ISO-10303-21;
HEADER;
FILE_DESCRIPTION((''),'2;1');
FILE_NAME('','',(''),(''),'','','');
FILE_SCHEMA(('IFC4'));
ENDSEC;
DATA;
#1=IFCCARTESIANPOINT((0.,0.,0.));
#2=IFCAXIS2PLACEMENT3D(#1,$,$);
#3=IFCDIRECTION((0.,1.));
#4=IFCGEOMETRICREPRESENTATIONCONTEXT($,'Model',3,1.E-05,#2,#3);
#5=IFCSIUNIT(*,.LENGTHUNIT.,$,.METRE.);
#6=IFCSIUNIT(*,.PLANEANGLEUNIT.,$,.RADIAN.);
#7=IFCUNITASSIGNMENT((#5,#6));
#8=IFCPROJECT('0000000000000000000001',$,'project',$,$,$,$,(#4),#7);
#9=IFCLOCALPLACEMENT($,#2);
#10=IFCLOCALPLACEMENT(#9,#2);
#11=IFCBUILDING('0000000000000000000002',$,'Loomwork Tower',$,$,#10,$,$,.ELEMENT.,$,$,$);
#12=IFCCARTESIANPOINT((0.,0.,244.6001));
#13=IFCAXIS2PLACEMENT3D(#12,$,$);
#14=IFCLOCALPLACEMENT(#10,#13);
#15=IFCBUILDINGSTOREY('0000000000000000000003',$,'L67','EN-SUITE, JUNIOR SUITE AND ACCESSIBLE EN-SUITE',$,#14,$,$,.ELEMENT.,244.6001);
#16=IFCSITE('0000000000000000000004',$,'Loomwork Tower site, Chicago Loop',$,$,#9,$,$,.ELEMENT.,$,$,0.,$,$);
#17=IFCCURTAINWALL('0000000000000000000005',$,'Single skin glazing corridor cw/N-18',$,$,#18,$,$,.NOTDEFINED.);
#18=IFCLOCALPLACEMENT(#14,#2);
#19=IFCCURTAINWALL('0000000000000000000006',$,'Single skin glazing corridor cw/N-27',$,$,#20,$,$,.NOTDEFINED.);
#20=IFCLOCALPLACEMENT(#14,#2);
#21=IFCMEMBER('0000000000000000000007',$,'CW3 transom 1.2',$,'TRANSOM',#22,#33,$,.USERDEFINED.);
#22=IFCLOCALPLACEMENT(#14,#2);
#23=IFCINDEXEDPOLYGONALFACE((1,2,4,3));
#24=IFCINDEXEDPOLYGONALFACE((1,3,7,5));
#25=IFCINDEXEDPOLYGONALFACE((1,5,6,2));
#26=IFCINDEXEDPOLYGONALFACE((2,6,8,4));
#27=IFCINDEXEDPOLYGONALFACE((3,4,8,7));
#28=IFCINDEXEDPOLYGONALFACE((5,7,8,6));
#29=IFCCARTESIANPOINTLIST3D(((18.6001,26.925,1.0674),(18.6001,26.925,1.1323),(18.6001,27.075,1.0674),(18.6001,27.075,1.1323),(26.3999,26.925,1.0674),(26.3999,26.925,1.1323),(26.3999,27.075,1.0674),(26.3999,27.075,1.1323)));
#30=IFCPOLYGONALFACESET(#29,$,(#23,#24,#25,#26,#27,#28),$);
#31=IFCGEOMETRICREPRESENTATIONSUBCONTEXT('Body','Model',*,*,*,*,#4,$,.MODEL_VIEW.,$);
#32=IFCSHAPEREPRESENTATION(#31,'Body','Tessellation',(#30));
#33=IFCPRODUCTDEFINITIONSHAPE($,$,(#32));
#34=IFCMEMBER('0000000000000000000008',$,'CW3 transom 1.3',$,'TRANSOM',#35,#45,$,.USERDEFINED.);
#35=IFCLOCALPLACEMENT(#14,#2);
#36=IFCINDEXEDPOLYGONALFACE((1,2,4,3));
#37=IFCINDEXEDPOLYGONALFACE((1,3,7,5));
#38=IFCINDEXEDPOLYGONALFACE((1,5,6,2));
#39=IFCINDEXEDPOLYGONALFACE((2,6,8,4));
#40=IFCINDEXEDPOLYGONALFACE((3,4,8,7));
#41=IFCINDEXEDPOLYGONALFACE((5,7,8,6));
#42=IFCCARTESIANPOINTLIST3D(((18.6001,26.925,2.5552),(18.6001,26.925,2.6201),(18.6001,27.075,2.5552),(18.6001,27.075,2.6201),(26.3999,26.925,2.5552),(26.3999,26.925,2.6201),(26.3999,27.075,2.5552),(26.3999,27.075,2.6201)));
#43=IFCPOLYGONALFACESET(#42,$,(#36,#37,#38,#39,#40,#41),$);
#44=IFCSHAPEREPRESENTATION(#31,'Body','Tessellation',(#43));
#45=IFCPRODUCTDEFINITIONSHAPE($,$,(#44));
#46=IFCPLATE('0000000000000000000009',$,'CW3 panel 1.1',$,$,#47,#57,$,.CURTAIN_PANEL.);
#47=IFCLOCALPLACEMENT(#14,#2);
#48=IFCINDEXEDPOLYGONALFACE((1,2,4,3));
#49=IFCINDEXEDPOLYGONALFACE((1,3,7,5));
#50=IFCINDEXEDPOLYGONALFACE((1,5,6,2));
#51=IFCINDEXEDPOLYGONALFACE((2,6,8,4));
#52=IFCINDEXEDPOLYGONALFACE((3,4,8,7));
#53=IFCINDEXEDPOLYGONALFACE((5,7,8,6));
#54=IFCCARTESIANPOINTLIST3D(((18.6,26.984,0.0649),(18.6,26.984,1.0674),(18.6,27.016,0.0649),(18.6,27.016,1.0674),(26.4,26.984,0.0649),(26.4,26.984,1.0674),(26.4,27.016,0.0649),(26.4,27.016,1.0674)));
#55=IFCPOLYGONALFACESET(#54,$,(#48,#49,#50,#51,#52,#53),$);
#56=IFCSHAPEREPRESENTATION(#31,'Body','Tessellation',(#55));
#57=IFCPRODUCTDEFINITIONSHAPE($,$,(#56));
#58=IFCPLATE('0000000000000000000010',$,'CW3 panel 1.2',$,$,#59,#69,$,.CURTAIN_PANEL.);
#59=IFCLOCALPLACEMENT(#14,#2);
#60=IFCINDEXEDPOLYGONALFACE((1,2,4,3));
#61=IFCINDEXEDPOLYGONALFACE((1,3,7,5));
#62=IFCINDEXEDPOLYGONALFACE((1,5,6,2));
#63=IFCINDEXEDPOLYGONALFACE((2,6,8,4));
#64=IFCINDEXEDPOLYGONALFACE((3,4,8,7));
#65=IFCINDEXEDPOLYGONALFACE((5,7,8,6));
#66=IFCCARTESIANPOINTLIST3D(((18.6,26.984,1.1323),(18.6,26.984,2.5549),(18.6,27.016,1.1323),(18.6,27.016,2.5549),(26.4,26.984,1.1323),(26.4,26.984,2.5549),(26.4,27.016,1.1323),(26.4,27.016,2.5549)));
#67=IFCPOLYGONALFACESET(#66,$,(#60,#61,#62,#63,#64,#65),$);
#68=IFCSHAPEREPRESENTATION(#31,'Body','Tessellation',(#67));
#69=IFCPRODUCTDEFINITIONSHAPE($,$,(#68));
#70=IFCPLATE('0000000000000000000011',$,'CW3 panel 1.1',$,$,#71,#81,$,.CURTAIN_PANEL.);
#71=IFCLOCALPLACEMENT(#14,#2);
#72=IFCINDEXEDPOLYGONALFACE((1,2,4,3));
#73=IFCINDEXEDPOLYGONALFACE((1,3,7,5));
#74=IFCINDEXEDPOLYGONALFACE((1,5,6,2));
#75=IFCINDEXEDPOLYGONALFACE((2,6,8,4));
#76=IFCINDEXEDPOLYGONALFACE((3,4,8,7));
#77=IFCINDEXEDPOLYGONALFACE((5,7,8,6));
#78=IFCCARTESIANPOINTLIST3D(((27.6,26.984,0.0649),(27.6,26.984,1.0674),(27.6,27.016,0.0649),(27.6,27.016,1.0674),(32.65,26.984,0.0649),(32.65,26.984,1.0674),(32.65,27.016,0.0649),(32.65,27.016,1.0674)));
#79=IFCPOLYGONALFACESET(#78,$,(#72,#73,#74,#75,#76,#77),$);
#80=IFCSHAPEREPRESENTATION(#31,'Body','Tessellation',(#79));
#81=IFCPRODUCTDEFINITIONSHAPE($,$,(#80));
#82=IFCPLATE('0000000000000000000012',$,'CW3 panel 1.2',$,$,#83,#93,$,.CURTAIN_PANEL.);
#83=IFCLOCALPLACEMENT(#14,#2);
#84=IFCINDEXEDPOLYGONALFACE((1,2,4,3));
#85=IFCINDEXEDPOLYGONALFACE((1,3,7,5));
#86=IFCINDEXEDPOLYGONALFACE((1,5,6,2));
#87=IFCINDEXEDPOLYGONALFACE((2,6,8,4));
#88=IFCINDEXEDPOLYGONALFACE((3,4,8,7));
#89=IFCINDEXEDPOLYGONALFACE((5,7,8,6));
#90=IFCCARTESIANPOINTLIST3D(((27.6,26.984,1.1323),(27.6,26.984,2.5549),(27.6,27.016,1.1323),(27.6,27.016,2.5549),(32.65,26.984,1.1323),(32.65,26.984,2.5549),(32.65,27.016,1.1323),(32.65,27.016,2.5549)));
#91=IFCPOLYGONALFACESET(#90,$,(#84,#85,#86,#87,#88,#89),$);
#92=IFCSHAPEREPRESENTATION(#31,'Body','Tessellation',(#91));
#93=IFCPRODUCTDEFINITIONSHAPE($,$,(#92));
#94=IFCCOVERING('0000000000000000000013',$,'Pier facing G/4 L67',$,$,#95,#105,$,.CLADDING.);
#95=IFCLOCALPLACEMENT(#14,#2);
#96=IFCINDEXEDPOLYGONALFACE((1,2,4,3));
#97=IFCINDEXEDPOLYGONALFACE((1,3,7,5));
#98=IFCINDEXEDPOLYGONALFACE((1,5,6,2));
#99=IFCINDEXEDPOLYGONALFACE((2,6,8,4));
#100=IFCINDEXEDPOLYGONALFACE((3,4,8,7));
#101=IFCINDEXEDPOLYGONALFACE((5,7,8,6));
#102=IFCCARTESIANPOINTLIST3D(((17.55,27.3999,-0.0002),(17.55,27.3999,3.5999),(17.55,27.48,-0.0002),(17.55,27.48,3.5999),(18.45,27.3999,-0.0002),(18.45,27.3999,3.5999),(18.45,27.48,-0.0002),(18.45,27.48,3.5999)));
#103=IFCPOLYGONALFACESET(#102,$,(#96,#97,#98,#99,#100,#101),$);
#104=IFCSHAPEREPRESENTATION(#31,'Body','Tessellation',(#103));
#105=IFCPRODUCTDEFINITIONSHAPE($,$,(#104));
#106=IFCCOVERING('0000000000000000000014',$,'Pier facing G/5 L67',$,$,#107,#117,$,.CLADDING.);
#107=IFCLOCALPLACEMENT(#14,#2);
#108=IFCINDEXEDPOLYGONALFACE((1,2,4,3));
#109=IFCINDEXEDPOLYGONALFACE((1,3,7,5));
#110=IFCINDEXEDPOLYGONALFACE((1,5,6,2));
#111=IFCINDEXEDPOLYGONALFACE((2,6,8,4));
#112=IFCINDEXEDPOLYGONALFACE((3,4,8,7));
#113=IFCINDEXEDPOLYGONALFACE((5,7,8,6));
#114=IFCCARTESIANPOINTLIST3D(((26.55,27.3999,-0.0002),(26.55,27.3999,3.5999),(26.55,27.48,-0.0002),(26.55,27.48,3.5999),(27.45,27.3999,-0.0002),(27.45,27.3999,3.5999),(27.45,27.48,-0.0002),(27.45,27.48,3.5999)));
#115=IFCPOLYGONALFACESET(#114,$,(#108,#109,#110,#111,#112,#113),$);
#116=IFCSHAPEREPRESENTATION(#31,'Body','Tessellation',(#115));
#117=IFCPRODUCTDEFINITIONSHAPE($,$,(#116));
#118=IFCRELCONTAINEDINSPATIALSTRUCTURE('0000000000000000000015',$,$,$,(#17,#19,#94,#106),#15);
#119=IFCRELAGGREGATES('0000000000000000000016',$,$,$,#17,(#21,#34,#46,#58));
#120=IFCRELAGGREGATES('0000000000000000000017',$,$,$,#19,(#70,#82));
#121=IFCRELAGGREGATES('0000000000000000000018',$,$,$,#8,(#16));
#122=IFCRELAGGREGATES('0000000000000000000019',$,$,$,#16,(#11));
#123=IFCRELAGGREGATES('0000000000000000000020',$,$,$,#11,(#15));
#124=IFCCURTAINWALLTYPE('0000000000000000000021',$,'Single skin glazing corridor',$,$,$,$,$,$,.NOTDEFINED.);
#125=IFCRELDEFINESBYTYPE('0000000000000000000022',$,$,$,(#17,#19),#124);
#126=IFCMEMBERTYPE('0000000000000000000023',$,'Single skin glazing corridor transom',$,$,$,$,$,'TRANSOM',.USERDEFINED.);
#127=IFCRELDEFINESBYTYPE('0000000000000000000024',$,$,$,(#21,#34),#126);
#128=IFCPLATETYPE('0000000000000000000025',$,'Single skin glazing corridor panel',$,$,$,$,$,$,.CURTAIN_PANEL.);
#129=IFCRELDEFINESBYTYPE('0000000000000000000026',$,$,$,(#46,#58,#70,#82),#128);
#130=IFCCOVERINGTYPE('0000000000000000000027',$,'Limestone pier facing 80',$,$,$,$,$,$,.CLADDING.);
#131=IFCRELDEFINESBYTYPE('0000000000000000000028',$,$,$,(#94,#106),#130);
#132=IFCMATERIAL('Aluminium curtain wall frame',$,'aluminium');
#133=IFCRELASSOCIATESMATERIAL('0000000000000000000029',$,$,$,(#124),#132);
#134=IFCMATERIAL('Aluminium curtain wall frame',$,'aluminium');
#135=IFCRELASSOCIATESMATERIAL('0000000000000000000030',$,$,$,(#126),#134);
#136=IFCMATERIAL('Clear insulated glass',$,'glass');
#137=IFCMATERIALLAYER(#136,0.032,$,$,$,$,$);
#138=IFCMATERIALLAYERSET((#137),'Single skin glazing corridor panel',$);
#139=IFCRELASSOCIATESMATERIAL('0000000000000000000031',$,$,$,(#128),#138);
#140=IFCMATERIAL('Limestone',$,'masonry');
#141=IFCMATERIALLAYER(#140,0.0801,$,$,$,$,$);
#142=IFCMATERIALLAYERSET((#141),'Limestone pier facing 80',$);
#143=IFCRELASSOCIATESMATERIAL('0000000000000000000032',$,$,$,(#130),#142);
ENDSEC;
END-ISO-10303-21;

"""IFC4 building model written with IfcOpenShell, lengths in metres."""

from ifc_helpers import new_model, si_unit, direction, frame, origin, origin_2d, place, context, subcontext, project, spatial, rectangle, extrude, material, layer, layer_set, material_profile, profile_set, type_object, element, aggregate, save


model = new_model("IFC4")

# Units and contexts
model_context = context("Model", 3, precision=1e-05, world=origin(), true_north=direction((0.0, 1.0)))
body_context = subcontext(model_context, "Body", "Model", "MODEL_VIEW")
ifc_project = project(units=[si_unit("LENGTHUNIT", "METRE"), si_unit("PLANEANGLEUNIT", "RADIAN")], contexts=[model_context])

# Site, building, storey
site_placement = place(None, origin())
site = spatial("IfcSite", under=ifc_project, at=site_placement, Name="Loomwork Tower site, Chicago Loop", CompositionType="ELEMENT", RefElevation=0.0)
building_placement = place(site_placement, origin())
building = spatial("IfcBuilding", under=site, at=building_placement, Name="Loomwork Tower", CompositionType="ELEMENT")
storey_placement = place(building_placement, frame((0.0, 0.0, 244.6001)))
storey = spatial("IfcBuildingStorey", under=building, at=storey_placement, Name="L67", Description="EN-SUITE, JUNIOR SUITE AND ACCESSIBLE EN-SUITE", CompositionType="ELEMENT", Elevation=244.6001)

# Shared definitions
ifc_material_1 = material(Name="Aluminium curtain wall frame", Category="aluminium")
curtain_wall_type = type_object("IfcCurtainWallType", Name="Single skin glazing corridor", PredefinedType="NOTDEFINED", material=ifc_material_1)

# Curtain wall
curtain_wall_1_placement = place(storey_placement, origin())
curtain_wall_1 = element("IfcCurtainWall", 1, at=curtain_wall_1_placement, inside=storey, type_object=curtain_wall_type, Name="Single skin glazing corridor cw/N-18", PredefinedType="NOTDEFINED")

# Curtain wall
curtain_wall_2_placement = place(storey_placement, origin())
curtain_wall_2 = element("IfcCurtainWall", 2, at=curtain_wall_2_placement, inside=storey, type_object=curtain_wall_type, Name="Single skin glazing corridor cw/N-27", PredefinedType="NOTDEFINED")

# Members
ifc_material_2 = material(Name="Aluminium curtain wall frame", Category="aluminium")
ifc_material_profile_1 = material_profile(ifc_material_2, rectangle(XDim=0.1499, YDim=0.0649, at=origin_2d()), Name="AL 65x150")
ifc_profile_set_1 = profile_set([ifc_material_profile_1], Name="Aluminium curtain wall frame")
member_type_1 = type_object("IfcMemberType", Name="Single skin glazing corridor transom", ElementType="TRANSOM", PredefinedType="USERDEFINED", material=ifc_profile_set_1)
member_1_placement = place(storey_placement, frame((26.3999, 27.0, 1.0999), z_axis=(-1.0, 0.0, 0.0), x_axis=(0.0, -1.0, 0.0)))
member_1 = element("IfcMember", 3, at=member_1_placement, type_object=member_type_1, Name="CW3 transom 1.2", ObjectType="TRANSOM", PredefinedType="USERDEFINED", context=body_context, shape_type="SweptSolid", body=[
    extrude(rectangle(XDim=0.1499, YDim=0.0649, at=origin_2d()), origin(), (0.0, 0.0, 1.0), 7.7998),
])
member_2_placement = place(storey_placement, frame((26.3999, 27.0, 2.5876), z_axis=(-1.0, 0.0, 0.0), x_axis=(0.0, -1.0, 0.0)))
member_2 = element("IfcMember", 4, at=member_2_placement, type_object=member_type_1, Name="CW3 transom 1.3", ObjectType="TRANSOM", PredefinedType="USERDEFINED", context=body_context, shape_type="SweptSolid", body=[
    extrude(rectangle(XDim=0.1499, YDim=0.0649, at=origin_2d()), origin(), (0.0, 0.0, 1.0), 7.7998),
])

# Plates
ifc_material_3 = material(Name="Clear insulated glass", Category="glass")
ifc_layer_1 = layer(ifc_material_3, 0.032)
ifc_layer_set_1 = layer_set([ifc_layer_1], Name="Single skin glazing corridor panel")
plate_type = type_object("IfcPlateType", Name="Single skin glazing corridor panel", PredefinedType="CURTAIN_PANEL", material=ifc_layer_set_1)
plate_1_placement = place(storey_placement, frame((22.5, 27.0, 0.0649), z_axis=(0.0, 0.0, 1.0), x_axis=(-1.0, 0.0, 0.0)))
plate_1 = element("IfcPlate", 5, at=plate_1_placement, type_object=plate_type, Name="CW3 panel 1.1", PredefinedType="CURTAIN_PANEL", context=body_context, shape_type="SweptSolid", body=[
    extrude(rectangle(XDim=7.8, YDim=0.032, at=origin_2d()), origin(), (0.0, 0.0, 1.0), 1.0024),
])
plate_2_placement = place(storey_placement, frame((22.5, 27.0, 1.1323), z_axis=(0.0, 0.0, 1.0), x_axis=(-1.0, 0.0, 0.0)))
plate_2 = element("IfcPlate", 6, at=plate_2_placement, type_object=plate_type, Name="CW3 panel 1.2", PredefinedType="CURTAIN_PANEL", context=body_context, shape_type="SweptSolid", body=[
    extrude(rectangle(XDim=7.8, YDim=0.032, at=origin_2d()), origin(), (0.0, 0.0, 1.0), 1.4226),
])
aggregate(curtain_wall_1, [member_1, member_2, plate_1, plate_2])
plate_3_placement = place(storey_placement, frame((30.125, 27.0, 0.0649), z_axis=(0.0, 0.0, 1.0), x_axis=(-1.0, 0.0, 0.0)))
plate_3 = element("IfcPlate", 7, at=plate_3_placement, type_object=plate_type, Name="CW3 panel 1.1", PredefinedType="CURTAIN_PANEL", context=body_context, shape_type="SweptSolid", body=[
    extrude(rectangle(XDim=5.05, YDim=0.032, at=origin_2d()), origin(), (0.0, 0.0, 1.0), 1.0024),
])
plate_4_placement = place(storey_placement, frame((30.125, 27.0, 1.1323), z_axis=(0.0, 0.0, 1.0), x_axis=(-1.0, 0.0, 0.0)))
plate_4 = element("IfcPlate", 8, at=plate_4_placement, type_object=plate_type, Name="CW3 panel 1.2", PredefinedType="CURTAIN_PANEL", context=body_context, shape_type="SweptSolid", body=[
    extrude(rectangle(XDim=5.05, YDim=0.032, at=origin_2d()), origin(), (0.0, 0.0, 1.0), 1.4226),
])
aggregate(curtain_wall_2, [plate_3, plate_4])

# Coverings
ifc_material_4 = material(Name="Limestone", Category="masonry")
ifc_layer_2 = layer(ifc_material_4, 0.0801)
ifc_layer_set_2 = layer_set([ifc_layer_2], Name="Limestone pier facing 80")
covering_type = type_object("IfcCoveringType", Name="Limestone pier facing 80", PredefinedType="CLADDING", material=ifc_layer_set_2)
for number, where, z_axis, x_axis, name in (
    (9, (18.0, 27.4399, -0.0002), (0.0, 0.0, 1.0), (1.0, 0.0, 0.0), "Pier facing G/4 L67"),
    (10, (27.0, 27.4399, -0.0002), (0.0, 0.0, 1.0), (1.0, 0.0, 0.0), "Pier facing G/5 L67"),
):
    element("IfcCovering", number, at=place(storey_placement, frame(where, z_axis=z_axis, x_axis=x_axis)), inside=storey, type_object=covering_type, Name=name, PredefinedType="CLADDING", context=body_context, shape_type="SweptSolid", body=[
        extrude(rectangle(XDim=0.8999, YDim=0.0801, at=origin_2d()), origin(), (0.0, 0.0, 1.0), 3.6001),
    ])

save(model, "model.ifc")
